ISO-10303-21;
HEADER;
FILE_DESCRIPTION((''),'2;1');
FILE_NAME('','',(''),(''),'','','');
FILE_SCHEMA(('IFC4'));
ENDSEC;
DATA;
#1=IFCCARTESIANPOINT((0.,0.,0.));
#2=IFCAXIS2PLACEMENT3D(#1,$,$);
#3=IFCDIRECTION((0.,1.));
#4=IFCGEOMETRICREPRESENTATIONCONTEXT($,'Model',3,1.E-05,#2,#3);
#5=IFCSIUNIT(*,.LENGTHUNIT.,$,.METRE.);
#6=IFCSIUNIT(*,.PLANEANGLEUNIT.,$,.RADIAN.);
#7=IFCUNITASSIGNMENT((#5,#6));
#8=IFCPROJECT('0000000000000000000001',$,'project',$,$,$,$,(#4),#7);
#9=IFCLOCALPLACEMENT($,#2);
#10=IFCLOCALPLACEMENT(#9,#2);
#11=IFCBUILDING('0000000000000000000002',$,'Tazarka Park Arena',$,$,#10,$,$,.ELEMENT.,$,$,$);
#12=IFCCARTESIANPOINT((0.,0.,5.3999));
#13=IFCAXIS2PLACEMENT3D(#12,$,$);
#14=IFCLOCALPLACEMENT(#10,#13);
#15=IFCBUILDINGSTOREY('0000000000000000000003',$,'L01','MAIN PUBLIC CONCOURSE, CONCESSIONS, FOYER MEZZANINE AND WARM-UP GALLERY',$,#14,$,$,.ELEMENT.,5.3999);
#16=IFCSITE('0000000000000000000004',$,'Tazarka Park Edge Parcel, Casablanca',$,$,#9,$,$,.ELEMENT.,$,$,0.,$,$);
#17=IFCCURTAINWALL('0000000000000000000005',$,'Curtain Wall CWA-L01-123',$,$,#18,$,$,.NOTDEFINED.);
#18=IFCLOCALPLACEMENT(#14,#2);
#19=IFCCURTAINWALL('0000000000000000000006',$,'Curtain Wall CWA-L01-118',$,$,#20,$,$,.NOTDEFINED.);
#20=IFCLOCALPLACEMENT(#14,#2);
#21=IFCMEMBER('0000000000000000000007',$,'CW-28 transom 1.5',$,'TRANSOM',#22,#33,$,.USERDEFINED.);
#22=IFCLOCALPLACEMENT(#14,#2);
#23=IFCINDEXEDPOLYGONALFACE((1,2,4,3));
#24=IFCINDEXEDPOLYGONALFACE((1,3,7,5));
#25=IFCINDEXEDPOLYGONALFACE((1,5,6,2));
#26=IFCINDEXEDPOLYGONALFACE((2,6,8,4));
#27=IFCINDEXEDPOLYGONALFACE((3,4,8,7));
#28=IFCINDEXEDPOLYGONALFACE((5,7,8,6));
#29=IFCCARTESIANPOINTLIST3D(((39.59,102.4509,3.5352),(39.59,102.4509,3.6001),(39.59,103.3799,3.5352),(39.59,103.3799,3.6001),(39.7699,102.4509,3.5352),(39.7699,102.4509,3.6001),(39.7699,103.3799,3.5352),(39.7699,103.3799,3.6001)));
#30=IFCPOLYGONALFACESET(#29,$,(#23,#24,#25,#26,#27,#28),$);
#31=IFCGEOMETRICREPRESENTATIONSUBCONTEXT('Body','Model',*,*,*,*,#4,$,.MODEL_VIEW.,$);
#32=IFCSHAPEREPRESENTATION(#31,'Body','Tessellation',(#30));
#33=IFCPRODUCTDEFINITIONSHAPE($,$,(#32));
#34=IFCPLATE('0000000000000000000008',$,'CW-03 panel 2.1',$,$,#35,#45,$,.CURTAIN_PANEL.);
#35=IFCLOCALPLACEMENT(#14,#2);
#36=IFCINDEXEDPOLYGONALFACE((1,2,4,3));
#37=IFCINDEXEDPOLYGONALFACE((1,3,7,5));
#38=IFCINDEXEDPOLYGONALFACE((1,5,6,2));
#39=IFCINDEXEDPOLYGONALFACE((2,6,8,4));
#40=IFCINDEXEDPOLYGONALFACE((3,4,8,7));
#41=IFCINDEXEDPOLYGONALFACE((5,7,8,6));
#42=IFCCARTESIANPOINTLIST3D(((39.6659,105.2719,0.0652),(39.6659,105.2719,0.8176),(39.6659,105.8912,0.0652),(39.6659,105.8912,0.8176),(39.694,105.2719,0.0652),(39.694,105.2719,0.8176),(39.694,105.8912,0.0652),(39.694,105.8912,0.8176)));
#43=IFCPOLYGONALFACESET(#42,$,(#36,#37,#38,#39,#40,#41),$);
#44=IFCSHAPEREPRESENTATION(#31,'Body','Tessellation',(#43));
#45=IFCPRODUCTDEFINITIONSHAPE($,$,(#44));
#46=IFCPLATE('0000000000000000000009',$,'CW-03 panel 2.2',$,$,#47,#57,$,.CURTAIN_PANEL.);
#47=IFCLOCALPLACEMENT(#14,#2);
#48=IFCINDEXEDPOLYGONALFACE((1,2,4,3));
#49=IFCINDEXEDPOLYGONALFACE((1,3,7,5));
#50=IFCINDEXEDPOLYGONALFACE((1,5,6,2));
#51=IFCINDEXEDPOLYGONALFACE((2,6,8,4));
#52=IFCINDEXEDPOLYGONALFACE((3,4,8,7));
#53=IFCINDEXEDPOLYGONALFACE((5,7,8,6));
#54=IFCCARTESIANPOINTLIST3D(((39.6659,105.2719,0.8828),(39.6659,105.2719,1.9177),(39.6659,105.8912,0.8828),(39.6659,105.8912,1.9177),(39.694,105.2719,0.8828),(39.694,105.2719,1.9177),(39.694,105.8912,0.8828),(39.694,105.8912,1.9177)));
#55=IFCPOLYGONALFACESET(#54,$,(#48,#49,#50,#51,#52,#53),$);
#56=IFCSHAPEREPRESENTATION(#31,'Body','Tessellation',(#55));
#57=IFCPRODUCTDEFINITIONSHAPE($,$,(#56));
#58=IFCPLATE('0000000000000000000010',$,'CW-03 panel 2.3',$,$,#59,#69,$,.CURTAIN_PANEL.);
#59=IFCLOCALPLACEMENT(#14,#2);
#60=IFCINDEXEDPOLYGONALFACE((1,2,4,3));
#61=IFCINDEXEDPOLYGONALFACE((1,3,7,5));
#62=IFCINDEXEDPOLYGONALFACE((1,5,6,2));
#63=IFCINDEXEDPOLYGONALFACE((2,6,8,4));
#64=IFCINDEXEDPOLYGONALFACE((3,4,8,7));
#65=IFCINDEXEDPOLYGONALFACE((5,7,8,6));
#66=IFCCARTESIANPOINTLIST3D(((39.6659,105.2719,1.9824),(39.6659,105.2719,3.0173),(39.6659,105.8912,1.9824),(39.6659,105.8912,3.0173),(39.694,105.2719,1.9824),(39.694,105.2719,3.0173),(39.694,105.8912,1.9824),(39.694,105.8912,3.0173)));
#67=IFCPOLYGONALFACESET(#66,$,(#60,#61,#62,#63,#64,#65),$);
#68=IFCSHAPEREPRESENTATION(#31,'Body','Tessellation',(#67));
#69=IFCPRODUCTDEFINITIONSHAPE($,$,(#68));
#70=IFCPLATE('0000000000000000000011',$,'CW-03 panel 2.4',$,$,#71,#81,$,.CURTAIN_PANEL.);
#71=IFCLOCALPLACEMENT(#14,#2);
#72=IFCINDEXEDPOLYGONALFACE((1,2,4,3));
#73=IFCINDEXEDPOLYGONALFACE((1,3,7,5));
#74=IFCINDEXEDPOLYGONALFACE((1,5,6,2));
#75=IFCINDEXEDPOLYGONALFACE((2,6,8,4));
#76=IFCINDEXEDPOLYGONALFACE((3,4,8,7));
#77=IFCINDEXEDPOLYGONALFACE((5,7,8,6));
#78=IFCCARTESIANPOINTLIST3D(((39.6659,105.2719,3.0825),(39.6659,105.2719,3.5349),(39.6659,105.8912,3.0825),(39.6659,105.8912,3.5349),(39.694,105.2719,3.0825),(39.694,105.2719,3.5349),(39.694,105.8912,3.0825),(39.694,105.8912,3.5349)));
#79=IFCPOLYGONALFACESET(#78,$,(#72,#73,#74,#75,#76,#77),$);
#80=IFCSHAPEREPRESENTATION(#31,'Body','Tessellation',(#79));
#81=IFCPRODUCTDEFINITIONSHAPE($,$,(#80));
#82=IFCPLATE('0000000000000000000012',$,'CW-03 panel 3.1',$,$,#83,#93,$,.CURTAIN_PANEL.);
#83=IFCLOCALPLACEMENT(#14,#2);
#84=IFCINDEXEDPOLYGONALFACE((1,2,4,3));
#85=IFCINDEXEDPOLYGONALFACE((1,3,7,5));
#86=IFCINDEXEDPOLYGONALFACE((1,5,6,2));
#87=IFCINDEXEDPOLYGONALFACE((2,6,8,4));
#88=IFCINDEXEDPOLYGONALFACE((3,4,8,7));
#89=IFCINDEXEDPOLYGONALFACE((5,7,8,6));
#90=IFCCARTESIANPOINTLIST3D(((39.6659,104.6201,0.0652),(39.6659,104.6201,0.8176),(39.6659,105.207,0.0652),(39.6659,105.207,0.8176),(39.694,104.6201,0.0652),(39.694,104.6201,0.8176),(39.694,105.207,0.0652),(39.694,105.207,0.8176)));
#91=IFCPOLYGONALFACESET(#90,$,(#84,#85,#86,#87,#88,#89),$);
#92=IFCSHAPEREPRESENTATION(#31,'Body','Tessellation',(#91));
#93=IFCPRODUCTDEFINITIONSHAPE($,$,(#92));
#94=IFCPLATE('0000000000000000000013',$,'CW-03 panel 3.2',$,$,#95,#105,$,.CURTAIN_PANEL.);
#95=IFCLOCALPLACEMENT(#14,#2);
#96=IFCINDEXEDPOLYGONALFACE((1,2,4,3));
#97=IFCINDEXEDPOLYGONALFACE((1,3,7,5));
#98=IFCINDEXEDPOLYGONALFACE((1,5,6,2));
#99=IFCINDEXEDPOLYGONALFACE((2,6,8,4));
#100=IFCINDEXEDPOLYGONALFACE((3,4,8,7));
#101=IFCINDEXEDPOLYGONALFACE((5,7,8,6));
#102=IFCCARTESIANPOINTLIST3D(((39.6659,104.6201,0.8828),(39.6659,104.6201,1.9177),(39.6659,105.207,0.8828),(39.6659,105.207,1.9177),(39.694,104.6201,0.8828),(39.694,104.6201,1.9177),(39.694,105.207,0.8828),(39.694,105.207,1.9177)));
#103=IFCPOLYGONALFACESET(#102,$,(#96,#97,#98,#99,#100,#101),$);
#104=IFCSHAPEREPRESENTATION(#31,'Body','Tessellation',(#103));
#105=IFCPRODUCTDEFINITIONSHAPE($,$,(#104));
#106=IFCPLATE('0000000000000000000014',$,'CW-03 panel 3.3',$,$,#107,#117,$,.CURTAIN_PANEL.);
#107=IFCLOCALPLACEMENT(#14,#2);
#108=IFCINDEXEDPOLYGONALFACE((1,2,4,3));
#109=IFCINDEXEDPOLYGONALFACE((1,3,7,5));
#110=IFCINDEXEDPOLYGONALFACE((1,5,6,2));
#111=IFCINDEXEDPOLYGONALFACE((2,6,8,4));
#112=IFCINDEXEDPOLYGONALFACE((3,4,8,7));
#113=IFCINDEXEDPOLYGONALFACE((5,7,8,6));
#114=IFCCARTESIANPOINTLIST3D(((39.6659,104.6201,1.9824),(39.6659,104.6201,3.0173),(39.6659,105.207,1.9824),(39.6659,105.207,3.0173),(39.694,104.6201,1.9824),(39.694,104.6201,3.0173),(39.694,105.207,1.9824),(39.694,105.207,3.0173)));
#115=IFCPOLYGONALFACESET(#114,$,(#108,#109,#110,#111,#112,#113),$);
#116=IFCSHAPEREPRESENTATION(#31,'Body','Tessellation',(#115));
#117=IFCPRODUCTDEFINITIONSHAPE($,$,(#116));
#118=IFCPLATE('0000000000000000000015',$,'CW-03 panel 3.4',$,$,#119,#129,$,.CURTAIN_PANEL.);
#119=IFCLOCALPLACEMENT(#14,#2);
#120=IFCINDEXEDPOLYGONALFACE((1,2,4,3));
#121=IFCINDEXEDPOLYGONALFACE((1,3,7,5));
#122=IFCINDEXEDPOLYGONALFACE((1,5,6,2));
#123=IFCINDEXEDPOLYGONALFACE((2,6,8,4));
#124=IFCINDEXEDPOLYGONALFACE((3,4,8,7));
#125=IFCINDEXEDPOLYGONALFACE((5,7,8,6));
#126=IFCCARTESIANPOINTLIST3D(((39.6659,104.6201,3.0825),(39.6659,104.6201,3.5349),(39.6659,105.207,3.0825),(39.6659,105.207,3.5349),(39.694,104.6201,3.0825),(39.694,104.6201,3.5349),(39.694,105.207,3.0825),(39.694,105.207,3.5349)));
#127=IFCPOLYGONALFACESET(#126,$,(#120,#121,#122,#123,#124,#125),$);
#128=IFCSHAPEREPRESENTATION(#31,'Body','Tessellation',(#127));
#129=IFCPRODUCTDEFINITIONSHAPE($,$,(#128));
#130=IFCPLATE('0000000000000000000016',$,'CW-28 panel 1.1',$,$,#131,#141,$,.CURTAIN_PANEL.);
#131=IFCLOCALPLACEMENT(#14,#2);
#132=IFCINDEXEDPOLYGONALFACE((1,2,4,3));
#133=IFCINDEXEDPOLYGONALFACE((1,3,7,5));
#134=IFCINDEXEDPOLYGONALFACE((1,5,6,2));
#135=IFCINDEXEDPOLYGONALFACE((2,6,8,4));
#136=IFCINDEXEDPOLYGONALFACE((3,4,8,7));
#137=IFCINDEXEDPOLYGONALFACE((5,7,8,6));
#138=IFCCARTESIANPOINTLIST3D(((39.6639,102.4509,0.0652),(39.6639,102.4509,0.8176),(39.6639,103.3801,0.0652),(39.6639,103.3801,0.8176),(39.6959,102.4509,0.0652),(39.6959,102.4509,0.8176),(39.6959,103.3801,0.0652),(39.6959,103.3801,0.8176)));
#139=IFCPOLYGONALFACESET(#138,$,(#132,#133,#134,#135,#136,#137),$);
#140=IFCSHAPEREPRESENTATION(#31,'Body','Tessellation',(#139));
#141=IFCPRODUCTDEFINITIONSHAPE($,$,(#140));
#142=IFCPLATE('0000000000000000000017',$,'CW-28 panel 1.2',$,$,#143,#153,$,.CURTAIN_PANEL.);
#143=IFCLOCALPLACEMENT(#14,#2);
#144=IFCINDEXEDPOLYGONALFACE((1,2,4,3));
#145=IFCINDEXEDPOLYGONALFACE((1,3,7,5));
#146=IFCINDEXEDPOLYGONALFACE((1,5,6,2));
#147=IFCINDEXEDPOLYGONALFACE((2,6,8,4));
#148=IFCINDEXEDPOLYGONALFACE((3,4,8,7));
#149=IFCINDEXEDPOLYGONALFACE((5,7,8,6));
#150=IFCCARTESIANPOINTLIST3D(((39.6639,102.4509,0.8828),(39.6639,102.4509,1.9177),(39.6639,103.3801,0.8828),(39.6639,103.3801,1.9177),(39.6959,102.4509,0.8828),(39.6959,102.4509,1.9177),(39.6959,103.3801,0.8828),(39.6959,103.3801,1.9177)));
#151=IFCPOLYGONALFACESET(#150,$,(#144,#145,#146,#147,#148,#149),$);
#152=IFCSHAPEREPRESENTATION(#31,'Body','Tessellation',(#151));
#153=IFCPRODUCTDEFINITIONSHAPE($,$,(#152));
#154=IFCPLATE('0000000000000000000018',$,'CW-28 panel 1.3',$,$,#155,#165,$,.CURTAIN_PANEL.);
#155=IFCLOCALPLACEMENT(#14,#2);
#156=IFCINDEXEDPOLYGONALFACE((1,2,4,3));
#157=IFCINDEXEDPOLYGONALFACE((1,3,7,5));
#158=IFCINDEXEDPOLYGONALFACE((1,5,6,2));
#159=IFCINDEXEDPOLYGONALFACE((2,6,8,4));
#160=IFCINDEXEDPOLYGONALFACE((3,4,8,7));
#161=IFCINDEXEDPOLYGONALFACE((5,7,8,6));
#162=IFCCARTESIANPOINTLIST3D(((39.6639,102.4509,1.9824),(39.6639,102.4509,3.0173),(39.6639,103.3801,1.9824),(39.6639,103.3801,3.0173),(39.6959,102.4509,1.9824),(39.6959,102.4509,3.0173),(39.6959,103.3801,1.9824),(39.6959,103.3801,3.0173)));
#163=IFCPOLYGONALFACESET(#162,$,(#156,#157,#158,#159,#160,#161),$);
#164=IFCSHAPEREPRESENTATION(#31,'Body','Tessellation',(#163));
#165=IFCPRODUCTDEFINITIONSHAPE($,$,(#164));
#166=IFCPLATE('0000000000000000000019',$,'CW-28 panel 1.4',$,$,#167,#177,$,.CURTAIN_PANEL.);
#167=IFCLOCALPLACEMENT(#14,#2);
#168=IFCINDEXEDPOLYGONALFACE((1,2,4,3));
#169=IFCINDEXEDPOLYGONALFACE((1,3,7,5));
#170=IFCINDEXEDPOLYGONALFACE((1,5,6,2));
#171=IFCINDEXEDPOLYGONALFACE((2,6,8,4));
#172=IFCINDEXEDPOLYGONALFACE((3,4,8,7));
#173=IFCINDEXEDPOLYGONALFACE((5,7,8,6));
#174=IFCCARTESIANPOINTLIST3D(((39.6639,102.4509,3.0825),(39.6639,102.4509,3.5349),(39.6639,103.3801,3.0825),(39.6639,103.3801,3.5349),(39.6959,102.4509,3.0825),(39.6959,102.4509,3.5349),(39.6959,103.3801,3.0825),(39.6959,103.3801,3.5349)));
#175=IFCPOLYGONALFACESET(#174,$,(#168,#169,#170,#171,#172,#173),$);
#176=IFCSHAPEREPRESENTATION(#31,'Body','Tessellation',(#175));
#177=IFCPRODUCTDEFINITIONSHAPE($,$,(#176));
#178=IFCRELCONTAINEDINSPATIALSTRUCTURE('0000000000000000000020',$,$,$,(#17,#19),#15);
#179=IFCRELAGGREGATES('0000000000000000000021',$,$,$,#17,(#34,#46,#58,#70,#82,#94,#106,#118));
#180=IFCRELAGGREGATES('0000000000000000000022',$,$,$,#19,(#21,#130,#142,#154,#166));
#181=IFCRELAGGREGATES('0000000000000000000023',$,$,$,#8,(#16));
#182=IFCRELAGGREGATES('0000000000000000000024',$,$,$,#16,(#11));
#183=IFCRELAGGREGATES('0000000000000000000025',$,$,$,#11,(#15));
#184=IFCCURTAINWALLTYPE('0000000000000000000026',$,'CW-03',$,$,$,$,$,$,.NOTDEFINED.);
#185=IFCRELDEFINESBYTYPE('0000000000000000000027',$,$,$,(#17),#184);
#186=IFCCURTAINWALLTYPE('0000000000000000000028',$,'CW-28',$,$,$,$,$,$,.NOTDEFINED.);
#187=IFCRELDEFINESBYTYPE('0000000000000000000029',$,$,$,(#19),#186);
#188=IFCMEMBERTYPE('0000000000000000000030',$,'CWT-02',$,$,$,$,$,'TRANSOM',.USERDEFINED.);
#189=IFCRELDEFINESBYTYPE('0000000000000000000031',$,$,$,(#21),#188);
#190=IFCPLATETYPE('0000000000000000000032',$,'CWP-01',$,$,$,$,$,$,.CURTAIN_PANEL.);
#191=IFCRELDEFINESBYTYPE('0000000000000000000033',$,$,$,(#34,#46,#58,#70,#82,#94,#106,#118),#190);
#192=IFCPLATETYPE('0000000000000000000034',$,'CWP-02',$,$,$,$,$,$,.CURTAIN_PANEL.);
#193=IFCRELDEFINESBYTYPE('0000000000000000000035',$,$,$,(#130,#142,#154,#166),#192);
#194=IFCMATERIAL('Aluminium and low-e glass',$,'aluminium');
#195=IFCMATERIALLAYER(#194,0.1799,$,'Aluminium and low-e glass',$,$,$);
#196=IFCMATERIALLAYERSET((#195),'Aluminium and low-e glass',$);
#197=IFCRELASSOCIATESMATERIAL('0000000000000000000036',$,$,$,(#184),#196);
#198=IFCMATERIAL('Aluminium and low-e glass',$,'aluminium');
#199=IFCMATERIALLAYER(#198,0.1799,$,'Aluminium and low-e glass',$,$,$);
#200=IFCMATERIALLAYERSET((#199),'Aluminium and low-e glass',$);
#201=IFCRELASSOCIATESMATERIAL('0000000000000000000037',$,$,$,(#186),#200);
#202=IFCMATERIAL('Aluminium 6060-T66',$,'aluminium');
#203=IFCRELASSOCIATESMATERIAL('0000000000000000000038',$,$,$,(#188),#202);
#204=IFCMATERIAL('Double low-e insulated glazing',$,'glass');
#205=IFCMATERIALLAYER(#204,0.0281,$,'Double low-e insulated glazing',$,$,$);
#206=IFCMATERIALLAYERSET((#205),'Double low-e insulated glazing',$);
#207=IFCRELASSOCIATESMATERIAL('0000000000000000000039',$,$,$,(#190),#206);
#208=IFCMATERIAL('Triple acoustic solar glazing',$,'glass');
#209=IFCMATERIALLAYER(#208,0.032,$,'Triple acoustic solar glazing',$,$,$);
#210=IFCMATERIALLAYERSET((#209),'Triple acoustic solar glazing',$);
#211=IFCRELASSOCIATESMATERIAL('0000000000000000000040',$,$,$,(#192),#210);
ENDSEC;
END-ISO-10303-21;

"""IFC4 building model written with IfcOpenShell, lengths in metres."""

from ifc_helpers import new_model, si_unit, direction, frame, origin, origin_2d, place, context, subcontext, project, spatial, rectangle, extrude, material, layer, layer_set, material_profile, profile_set, type_object, element, aggregate, save


model = new_model("IFC4")

# Units and contexts
model_context = context("Model", 3, precision=1e-05, world=origin(), true_north=direction((0.0, 1.0)))
body_context = subcontext(model_context, "Body", "Model", "MODEL_VIEW")
ifc_project = project(units=[si_unit("LENGTHUNIT", "METRE"), si_unit("PLANEANGLEUNIT", "RADIAN")], contexts=[model_context])

# Site, building, storey
site_placement = place(None, origin())
site = spatial("IfcSite", under=ifc_project, at=site_placement, Name="Tazarka Park Edge Parcel, Casablanca", CompositionType="ELEMENT", RefElevation=0.0)
building_placement = place(site_placement, origin())
building = spatial("IfcBuilding", under=site, at=building_placement, Name="Tazarka Park Arena", CompositionType="ELEMENT")
storey_placement = place(building_placement, frame((0.0, 0.0, 5.3999)))
storey = spatial("IfcBuildingStorey", under=building, at=storey_placement, Name="L01", Description="MAIN PUBLIC CONCOURSE, CONCESSIONS, FOYER MEZZANINE AND WARM-UP GALLERY", CompositionType="ELEMENT", Elevation=5.3999)

# Curtain walls
ifc_material_1 = material(Name="Aluminium and low-e glass", Category="aluminium")
ifc_layer_1 = layer(ifc_material_1, 0.1799, Name="Aluminium and low-e glass")
ifc_layer_set_1 = layer_set([ifc_layer_1], Name="Aluminium and low-e glass")
curtain_wall_type_1 = type_object("IfcCurtainWallType", Name="CW-03", PredefinedType="NOTDEFINED", material=ifc_layer_set_1)
curtain_wall_1_placement = place(storey_placement, origin())
curtain_wall_1 = element("IfcCurtainWall", 1, at=curtain_wall_1_placement, inside=storey, type_object=curtain_wall_type_1, Name="Curtain Wall CWA-L01-123", PredefinedType="NOTDEFINED")
ifc_material_2 = material(Name="Aluminium and low-e glass", Category="aluminium")
ifc_layer_2 = layer(ifc_material_2, 0.1799, Name="Aluminium and low-e glass")
ifc_layer_set_2 = layer_set([ifc_layer_2], Name="Aluminium and low-e glass")
curtain_wall_type_2 = type_object("IfcCurtainWallType", Name="CW-28", PredefinedType="NOTDEFINED", material=ifc_layer_set_2)
curtain_wall_2_placement = place(storey_placement, origin())
curtain_wall_2 = element("IfcCurtainWall", 2, at=curtain_wall_2_placement, inside=storey, type_object=curtain_wall_type_2, Name="Curtain Wall CWA-L01-118", PredefinedType="NOTDEFINED")

# Member
ifc_material_3 = material(Name="Aluminium 6060-T66", Category="aluminium")
ifc_material_profile_1 = material_profile(ifc_material_3, rectangle(XDim=0.1799, YDim=0.0649, at=origin_2d()), Name="Aluminium 6060-T66")
ifc_profile_set_1 = profile_set([ifc_material_profile_1], Name="Aluminium 6060-T66")
member_type_1 = type_object("IfcMemberType", Name="CWT-02", ElementType="TRANSOM", PredefinedType="USERDEFINED", material=ifc_profile_set_1)
member_1_placement = place(storey_placement, frame((39.6799, 103.3799, 3.5676), z_axis=(0.0, -1.0, 0.0), x_axis=(1.0, 0.0, 0.0)))
member_1 = element("IfcMember", 3, at=member_1_placement, type_object=member_type_1, Name="CW-28 transom 1.5", ObjectType="TRANSOM", PredefinedType="USERDEFINED", context=body_context, shape_type="SweptSolid", body=[
    extrude(rectangle(XDim=0.1799, YDim=0.0649, at=origin_2d()), origin(), (0.0, 0.0, 1.0), 0.929),
])

# Plates
ifc_material_4 = material(Name="Double low-e insulated glazing", Category="glass")
ifc_layer_3 = layer(ifc_material_4, 0.0281, Name="Double low-e insulated glazing")
ifc_layer_set_3 = layer_set([ifc_layer_3], Name="Double low-e insulated glazing")
plate_type_1 = type_object("IfcPlateType", Name="CWP-01", PredefinedType="CURTAIN_PANEL", material=ifc_layer_set_3)
plate_1_placement = place(storey_placement, frame((39.6799, 105.5815, 0.0652), z_axis=(0.0, 0.0, 1.0), x_axis=(0.0, -1.0, 0.0)))
plate_1 = element("IfcPlate", 4, at=plate_1_placement, type_object=plate_type_1, Name="CW-03 panel 2.1", PredefinedType="CURTAIN_PANEL", context=body_context, shape_type="SweptSolid", body=[
    extrude(rectangle(XDim=0.6194, YDim=0.0281, at=origin_2d()), origin(), (0.0, 0.0, 1.0), 0.7524),
])
plate_2_placement = place(storey_placement, frame((39.6799, 105.5815, 0.8828), z_axis=(0.0, 0.0, 1.0), x_axis=(0.0, -1.0, 0.0)))
plate_2 = element("IfcPlate", 5, at=plate_2_placement, type_object=plate_type_1, Name="CW-03 panel 2.2", PredefinedType="CURTAIN_PANEL", context=body_context, shape_type="SweptSolid", body=[
    extrude(rectangle(XDim=0.6194, YDim=0.0281, at=origin_2d()), origin(), (0.0, 0.0, 1.0), 1.0349),
])
plate_3_placement = place(storey_placement, frame((39.6799, 105.5815, 1.9824), z_axis=(0.0, 0.0, 1.0), x_axis=(0.0, -1.0, 0.0)))
plate_3 = element("IfcPlate", 6, at=plate_3_placement, type_object=plate_type_1, Name="CW-03 panel 2.3", PredefinedType="CURTAIN_PANEL", context=body_context, shape_type="SweptSolid", body=[
    extrude(rectangle(XDim=0.6194, YDim=0.0281, at=origin_2d()), origin(), (0.0, 0.0, 1.0), 1.0349),
])
plate_4_placement = place(storey_placement, frame((39.6799, 105.5815, 3.0825), z_axis=(0.0, 0.0, 1.0), x_axis=(0.0, -1.0, 0.0)))
plate_4 = element("IfcPlate", 7, at=plate_4_placement, type_object=plate_type_1, Name="CW-03 panel 2.4", PredefinedType="CURTAIN_PANEL", context=body_context, shape_type="SweptSolid", body=[
    extrude(rectangle(XDim=0.6194, YDim=0.0281, at=origin_2d()), origin(), (0.0, 0.0, 1.0), 0.4524),
])
plate_5_placement = place(storey_placement, frame((39.6799, 104.9136, 0.0652), z_axis=(0.0, 0.0, 1.0), x_axis=(0.0, -1.0, 0.0)))
plate_5 = element("IfcPlate", 8, at=plate_5_placement, type_object=plate_type_1, Name="CW-03 panel 3.1", PredefinedType="CURTAIN_PANEL", context=body_context, shape_type="SweptSolid", body=[
    extrude(rectangle(XDim=0.5869, YDim=0.0281, at=origin_2d()), origin(), (0.0, 0.0, 1.0), 0.7524),
])
plate_6_placement = place(storey_placement, frame((39.6799, 104.9136, 0.8828), z_axis=(0.0, 0.0, 1.0), x_axis=(0.0, -1.0, 0.0)))
plate_6 = element("IfcPlate", 9, at=plate_6_placement, type_object=plate_type_1, Name="CW-03 panel 3.2", PredefinedType="CURTAIN_PANEL", context=body_context, shape_type="SweptSolid", body=[
    extrude(rectangle(XDim=0.5869, YDim=0.0281, at=origin_2d()), origin(), (0.0, 0.0, 1.0), 1.0349),
])
plate_7_placement = place(storey_placement, frame((39.6799, 104.9136, 1.9824), z_axis=(0.0, 0.0, 1.0), x_axis=(0.0, -1.0, 0.0)))
plate_7 = element("IfcPlate", 10, at=plate_7_placement, type_object=plate_type_1, Name="CW-03 panel 3.3", PredefinedType="CURTAIN_PANEL", context=body_context, shape_type="SweptSolid", body=[
    extrude(rectangle(XDim=0.5869, YDim=0.0281, at=origin_2d()), origin(), (0.0, 0.0, 1.0), 1.0349),
])
plate_8_placement = place(storey_placement, frame((39.6799, 104.9136, 3.0825), z_axis=(0.0, 0.0, 1.0), x_axis=(0.0, -1.0, 0.0)))
plate_8 = element("IfcPlate", 11, at=plate_8_placement, type_object=plate_type_1, Name="CW-03 panel 3.4", PredefinedType="CURTAIN_PANEL", context=body_context, shape_type="SweptSolid", body=[
    extrude(rectangle(XDim=0.5869, YDim=0.0281, at=origin_2d()), origin(), (0.0, 0.0, 1.0), 0.4524),
])
aggregate(curtain_wall_1, [plate_1, plate_2, plate_3, plate_4, plate_5, plate_6, plate_7, plate_8])
ifc_material_5 = material(Name="Triple acoustic solar glazing", Category="glass")
ifc_layer_4 = layer(ifc_material_5, 0.032, Name="Triple acoustic solar glazing")
ifc_layer_set_4 = layer_set([ifc_layer_4], Name="Triple acoustic solar glazing")
plate_type_2 = type_object("IfcPlateType", Name="CWP-02", PredefinedType="CURTAIN_PANEL", material=ifc_layer_set_4)
plate_9_placement = place(storey_placement, frame((39.6799, 102.9155, 0.0652), z_axis=(0.0, 0.0, 1.0), x_axis=(0.0, -1.0, 0.0)))
plate_9 = element("IfcPlate", 12, at=plate_9_placement, type_object=plate_type_2, Name="CW-28 panel 1.1", PredefinedType="CURTAIN_PANEL", context=body_context, shape_type="SweptSolid", body=[
    extrude(rectangle(XDim=0.9292, YDim=0.032, at=origin_2d()), origin(), (0.0, 0.0, 1.0), 0.7524),
])
plate_10_placement = place(storey_placement, frame((39.6799, 102.9155, 0.8828), z_axis=(0.0, 0.0, 1.0), x_axis=(0.0, -1.0, 0.0)))
plate_10 = element("IfcPlate", 13, at=plate_10_placement, type_object=plate_type_2, Name="CW-28 panel 1.2", PredefinedType="CURTAIN_PANEL", context=body_context, shape_type="SweptSolid", body=[
    extrude(rectangle(XDim=0.9292, YDim=0.032, at=origin_2d()), origin(), (0.0, 0.0, 1.0), 1.0349),
])
plate_11_placement = place(storey_placement, frame((39.6799, 102.9155, 1.9824), z_axis=(0.0, 0.0, 1.0), x_axis=(0.0, -1.0, 0.0)))
plate_11 = element("IfcPlate", 14, at=plate_11_placement, type_object=plate_type_2, Name="CW-28 panel 1.3", PredefinedType="CURTAIN_PANEL", context=body_context, shape_type="SweptSolid", body=[
    extrude(rectangle(XDim=0.9292, YDim=0.032, at=origin_2d()), origin(), (0.0, 0.0, 1.0), 1.0349),
])
plate_12_placement = place(storey_placement, frame((39.6799, 102.9155, 3.0825), z_axis=(0.0, 0.0, 1.0), x_axis=(0.0, -1.0, 0.0)))
plate_12 = element("IfcPlate", 15, at=plate_12_placement, type_object=plate_type_2, Name="CW-28 panel 1.4", PredefinedType="CURTAIN_PANEL", context=body_context, shape_type="SweptSolid", body=[
    extrude(rectangle(XDim=0.9292, YDim=0.032, at=origin_2d()), origin(), (0.0, 0.0, 1.0), 0.4524),
])
aggregate(curtain_wall_2, [member_1, plate_9, plate_10, plate_11, plate_12])

save(model, "model.ifc")
